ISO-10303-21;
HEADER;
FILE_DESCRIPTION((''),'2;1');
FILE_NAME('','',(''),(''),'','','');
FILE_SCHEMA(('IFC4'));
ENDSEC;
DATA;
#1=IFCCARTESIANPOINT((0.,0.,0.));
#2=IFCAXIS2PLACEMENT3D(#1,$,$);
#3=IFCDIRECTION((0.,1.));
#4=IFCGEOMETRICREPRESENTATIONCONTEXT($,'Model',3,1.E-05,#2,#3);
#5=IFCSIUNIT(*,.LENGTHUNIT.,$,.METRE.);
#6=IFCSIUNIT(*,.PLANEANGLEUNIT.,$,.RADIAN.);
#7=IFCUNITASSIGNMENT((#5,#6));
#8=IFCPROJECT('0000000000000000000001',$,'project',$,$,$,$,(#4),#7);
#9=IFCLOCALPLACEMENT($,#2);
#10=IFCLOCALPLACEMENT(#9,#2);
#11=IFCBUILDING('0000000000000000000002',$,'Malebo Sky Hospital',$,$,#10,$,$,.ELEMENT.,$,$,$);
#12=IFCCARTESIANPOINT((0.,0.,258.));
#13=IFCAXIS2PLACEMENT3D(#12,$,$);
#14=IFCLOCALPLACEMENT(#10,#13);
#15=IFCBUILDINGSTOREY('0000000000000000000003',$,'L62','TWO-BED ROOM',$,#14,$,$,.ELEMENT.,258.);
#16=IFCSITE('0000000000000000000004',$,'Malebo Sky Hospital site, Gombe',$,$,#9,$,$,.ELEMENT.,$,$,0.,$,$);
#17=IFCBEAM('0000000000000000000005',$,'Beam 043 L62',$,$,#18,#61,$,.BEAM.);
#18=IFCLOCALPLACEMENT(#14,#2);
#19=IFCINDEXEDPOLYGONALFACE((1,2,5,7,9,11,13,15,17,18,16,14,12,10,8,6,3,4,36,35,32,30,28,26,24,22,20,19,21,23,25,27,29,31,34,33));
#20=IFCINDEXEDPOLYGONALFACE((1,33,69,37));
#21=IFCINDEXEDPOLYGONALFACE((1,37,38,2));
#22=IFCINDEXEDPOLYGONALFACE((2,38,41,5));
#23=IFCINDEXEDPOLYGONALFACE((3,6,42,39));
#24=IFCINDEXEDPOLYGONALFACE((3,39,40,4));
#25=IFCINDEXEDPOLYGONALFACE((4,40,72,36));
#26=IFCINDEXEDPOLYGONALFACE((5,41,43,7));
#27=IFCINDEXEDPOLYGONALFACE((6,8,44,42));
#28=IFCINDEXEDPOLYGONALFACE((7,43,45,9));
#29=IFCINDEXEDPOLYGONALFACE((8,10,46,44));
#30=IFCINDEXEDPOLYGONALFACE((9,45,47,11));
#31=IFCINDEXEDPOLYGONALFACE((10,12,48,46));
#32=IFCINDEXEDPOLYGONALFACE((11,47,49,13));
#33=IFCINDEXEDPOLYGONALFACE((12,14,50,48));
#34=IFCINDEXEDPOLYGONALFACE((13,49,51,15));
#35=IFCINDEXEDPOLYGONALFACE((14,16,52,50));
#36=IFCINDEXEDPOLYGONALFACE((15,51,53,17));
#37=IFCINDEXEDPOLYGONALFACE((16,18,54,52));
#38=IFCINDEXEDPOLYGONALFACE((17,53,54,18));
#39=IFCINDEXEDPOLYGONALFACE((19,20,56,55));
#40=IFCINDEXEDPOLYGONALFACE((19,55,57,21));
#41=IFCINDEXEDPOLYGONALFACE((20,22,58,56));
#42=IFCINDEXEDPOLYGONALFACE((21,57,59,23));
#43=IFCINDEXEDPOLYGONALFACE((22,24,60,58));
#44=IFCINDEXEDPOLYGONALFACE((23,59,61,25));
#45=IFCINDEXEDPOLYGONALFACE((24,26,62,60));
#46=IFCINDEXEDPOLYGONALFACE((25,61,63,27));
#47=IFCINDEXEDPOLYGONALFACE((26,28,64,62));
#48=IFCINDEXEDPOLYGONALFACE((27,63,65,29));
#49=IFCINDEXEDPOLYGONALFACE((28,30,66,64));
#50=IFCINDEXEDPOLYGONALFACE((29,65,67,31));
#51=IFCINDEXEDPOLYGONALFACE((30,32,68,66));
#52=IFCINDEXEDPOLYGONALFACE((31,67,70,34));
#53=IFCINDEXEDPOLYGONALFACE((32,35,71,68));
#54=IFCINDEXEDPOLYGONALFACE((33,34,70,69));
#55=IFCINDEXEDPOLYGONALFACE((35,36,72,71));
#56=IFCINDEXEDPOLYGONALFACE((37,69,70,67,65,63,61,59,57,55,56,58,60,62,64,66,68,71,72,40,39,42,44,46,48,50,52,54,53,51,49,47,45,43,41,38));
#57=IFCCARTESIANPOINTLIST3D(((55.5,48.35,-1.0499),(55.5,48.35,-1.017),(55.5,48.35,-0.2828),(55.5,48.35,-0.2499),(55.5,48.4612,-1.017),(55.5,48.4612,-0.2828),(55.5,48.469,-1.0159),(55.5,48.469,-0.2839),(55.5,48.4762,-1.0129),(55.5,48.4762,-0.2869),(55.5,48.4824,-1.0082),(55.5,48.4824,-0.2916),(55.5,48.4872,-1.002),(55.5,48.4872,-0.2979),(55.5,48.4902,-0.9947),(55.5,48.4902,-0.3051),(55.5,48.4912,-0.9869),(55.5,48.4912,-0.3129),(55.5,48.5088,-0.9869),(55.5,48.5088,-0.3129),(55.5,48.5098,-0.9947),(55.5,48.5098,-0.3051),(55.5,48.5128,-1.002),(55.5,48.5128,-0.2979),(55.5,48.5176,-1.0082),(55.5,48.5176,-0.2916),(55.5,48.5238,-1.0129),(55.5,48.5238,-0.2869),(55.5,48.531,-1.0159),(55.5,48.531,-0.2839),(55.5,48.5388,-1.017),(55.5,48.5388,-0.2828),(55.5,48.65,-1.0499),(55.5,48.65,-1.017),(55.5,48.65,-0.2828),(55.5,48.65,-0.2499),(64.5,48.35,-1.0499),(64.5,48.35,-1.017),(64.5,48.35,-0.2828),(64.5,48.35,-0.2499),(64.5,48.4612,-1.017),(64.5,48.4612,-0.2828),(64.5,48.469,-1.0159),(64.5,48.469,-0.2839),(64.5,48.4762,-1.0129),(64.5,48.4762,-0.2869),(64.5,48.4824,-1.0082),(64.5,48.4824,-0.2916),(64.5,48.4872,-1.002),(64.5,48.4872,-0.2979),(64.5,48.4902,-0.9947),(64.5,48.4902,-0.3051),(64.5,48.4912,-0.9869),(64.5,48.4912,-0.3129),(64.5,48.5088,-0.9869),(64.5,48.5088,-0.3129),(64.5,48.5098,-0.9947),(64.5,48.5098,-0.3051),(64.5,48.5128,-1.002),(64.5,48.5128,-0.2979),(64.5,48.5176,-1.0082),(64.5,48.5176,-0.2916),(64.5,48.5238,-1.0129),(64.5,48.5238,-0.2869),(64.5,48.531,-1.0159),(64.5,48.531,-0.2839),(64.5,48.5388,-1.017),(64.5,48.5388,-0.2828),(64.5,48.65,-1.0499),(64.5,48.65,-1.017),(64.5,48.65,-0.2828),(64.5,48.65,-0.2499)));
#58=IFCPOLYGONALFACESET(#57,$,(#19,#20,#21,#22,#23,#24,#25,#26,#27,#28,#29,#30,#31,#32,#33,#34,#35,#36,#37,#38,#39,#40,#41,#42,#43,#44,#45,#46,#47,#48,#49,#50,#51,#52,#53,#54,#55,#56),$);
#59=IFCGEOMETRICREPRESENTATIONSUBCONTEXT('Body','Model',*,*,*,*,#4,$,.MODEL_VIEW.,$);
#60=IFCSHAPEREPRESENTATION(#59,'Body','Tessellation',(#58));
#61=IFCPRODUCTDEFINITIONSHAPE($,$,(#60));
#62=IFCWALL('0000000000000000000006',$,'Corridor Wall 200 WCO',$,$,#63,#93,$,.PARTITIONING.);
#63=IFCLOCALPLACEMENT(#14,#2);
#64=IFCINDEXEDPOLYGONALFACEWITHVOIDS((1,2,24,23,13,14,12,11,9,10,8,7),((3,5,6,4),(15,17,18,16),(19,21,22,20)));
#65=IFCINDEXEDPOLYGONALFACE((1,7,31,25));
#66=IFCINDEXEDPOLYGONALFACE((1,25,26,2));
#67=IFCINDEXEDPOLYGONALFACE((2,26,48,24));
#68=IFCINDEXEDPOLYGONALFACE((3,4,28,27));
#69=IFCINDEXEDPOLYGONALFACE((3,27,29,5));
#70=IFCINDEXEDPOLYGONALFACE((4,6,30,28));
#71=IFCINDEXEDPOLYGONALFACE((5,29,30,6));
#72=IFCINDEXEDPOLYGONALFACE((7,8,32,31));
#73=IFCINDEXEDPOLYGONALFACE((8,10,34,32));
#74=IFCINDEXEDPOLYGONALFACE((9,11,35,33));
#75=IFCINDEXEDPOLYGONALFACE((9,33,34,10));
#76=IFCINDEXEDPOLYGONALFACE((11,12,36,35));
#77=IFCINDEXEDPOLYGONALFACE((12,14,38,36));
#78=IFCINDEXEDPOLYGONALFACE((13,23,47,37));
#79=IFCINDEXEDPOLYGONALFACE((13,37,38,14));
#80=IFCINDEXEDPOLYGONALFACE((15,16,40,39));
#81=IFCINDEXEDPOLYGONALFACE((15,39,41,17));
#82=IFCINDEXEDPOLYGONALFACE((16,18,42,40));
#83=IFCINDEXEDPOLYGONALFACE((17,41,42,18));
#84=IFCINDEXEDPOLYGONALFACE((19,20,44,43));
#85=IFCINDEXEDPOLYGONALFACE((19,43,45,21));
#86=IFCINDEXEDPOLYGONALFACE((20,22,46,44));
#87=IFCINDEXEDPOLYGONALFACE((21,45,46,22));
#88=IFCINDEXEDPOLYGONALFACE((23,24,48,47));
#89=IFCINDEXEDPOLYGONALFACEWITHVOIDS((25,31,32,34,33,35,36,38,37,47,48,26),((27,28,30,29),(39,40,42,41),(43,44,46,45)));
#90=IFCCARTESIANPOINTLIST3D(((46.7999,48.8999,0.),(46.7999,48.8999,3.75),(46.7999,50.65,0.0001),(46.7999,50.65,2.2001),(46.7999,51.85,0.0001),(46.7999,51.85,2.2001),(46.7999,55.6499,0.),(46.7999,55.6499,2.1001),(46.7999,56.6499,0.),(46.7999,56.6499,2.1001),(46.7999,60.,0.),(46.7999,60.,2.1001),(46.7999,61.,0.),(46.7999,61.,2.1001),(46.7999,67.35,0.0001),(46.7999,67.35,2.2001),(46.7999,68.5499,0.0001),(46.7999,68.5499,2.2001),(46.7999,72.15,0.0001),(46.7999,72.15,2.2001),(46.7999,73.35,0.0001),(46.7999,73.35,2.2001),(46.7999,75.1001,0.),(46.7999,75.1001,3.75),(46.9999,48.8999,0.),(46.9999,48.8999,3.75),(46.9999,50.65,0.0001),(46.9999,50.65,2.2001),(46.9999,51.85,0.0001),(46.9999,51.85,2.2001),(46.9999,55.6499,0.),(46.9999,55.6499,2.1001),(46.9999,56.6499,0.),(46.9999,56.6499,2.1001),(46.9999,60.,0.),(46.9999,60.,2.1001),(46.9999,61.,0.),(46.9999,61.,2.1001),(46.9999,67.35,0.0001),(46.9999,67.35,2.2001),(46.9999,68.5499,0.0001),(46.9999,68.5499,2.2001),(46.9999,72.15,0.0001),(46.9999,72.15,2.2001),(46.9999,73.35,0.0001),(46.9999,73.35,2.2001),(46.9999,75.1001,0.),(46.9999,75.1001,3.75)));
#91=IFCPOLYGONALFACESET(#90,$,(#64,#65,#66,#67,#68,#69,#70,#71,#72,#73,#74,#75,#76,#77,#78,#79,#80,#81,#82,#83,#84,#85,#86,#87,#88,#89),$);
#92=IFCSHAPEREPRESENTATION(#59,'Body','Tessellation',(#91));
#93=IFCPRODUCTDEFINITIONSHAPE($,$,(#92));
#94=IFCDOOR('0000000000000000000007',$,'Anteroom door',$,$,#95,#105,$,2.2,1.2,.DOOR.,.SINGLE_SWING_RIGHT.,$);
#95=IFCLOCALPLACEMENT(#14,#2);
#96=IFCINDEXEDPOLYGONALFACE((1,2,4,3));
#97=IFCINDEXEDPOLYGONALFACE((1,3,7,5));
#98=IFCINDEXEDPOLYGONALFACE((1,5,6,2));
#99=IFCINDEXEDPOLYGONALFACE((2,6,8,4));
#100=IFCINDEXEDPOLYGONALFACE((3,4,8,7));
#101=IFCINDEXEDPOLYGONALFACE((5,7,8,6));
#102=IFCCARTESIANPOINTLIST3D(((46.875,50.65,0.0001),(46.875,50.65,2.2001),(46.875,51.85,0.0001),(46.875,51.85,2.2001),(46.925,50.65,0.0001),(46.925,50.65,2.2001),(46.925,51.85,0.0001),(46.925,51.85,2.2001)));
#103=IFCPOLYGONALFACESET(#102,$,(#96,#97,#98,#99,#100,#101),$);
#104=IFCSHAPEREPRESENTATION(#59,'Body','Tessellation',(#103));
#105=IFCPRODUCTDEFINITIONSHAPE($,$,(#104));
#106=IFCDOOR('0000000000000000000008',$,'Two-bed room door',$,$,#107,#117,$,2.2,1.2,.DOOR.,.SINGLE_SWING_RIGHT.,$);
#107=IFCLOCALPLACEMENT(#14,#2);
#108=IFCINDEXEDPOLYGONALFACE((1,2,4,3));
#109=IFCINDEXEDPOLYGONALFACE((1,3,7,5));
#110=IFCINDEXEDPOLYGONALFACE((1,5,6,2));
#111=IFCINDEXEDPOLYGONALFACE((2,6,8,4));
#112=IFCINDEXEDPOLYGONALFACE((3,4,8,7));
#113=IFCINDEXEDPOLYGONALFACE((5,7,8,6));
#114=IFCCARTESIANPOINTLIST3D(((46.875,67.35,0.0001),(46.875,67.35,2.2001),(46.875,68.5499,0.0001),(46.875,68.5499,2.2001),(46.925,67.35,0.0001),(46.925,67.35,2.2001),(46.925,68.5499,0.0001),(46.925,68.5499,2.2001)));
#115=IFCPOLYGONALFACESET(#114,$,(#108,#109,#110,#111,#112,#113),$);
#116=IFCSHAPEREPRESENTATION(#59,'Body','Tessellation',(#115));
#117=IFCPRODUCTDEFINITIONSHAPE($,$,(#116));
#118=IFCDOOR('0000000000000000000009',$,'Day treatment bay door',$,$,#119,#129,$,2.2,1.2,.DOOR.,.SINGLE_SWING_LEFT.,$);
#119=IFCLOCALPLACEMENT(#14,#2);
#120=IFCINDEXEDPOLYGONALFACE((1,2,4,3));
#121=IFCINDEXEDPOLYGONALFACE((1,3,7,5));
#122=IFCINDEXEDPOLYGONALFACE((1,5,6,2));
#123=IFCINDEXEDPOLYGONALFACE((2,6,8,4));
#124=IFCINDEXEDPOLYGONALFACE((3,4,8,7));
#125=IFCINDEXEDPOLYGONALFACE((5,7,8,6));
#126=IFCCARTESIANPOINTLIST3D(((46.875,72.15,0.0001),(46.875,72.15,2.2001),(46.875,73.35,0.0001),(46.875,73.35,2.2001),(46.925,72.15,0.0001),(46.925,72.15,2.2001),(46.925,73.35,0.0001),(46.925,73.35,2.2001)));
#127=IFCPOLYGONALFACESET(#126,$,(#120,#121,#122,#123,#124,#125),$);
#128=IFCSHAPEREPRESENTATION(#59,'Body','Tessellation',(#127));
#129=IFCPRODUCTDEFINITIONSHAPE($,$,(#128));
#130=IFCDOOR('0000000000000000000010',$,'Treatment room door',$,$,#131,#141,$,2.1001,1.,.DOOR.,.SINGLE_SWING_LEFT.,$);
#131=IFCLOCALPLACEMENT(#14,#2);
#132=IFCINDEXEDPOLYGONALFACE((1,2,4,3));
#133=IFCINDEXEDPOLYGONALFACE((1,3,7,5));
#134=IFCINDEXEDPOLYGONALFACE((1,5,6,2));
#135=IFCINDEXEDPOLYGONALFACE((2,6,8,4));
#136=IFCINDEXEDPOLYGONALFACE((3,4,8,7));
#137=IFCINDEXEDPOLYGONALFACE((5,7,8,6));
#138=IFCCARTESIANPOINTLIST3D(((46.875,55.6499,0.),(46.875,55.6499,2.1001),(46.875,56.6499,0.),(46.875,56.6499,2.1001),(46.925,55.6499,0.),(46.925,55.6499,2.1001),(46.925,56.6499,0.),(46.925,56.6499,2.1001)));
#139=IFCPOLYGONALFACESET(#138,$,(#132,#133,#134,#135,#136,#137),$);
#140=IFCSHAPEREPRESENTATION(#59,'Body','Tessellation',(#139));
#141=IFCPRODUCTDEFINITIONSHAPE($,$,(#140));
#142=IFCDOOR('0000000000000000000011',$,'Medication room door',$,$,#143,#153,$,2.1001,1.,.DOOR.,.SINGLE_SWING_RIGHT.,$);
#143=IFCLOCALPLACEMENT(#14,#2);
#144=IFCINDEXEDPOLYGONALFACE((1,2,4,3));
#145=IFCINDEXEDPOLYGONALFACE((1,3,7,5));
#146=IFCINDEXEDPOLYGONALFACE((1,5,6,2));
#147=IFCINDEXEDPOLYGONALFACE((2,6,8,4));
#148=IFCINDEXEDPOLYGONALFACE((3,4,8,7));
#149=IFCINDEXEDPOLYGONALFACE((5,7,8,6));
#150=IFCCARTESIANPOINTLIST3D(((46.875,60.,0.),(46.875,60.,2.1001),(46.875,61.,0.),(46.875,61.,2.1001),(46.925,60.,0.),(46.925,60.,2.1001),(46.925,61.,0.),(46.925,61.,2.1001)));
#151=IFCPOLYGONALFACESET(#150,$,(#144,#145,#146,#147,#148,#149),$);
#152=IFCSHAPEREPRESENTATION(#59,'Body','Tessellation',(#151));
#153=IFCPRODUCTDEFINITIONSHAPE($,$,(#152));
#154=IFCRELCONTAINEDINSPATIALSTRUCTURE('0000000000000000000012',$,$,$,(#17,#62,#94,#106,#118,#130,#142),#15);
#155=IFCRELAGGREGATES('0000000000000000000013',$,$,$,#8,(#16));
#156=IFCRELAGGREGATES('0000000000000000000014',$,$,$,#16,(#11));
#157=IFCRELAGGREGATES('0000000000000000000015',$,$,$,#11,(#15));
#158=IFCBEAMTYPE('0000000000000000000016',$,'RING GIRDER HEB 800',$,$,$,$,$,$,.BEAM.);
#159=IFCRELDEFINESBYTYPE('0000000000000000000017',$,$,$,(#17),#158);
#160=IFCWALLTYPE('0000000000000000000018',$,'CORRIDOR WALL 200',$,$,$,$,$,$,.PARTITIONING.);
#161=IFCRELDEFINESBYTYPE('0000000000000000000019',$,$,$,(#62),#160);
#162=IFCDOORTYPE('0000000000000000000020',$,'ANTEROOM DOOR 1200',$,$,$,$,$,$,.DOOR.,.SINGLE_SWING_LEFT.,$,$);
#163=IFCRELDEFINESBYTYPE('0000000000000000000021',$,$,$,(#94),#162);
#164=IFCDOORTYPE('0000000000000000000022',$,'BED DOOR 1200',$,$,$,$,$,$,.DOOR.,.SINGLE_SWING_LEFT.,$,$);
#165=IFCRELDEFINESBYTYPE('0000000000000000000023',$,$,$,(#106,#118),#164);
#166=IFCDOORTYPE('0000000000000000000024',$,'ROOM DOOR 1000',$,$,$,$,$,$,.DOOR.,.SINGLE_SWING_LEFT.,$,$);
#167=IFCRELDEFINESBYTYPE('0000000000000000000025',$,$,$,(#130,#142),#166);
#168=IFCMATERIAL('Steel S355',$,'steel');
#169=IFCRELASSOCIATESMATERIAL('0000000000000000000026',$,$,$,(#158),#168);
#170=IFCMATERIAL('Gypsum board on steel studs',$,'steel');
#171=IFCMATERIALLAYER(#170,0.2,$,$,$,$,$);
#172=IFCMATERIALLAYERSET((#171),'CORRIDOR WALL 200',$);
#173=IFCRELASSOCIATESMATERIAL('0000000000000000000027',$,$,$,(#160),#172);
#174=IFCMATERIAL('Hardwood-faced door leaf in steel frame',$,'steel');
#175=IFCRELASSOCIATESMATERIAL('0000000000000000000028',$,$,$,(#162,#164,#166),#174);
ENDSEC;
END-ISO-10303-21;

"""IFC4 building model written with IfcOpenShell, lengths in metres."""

from ifc_helpers import new_model, si_unit, direction, frame, frame_2d, origin, origin_2d, place, context, subcontext, project, spatial, rectangle, i_section, extrude, material, layer, layer_set, material_profile, profile_set, type_object, element, fill, save


model = new_model("IFC4")

# Units and contexts
model_context = context("Model", 3, precision=1e-05, world=origin(), true_north=direction((0.0, 1.0)))
body_context = subcontext(model_context, "Body", "Model", "MODEL_VIEW")
ifc_project = project(units=[si_unit("LENGTHUNIT", "METRE"), si_unit("PLANEANGLEUNIT", "RADIAN")], contexts=[model_context])

# Site, building, storey
site_placement = place(None, origin())
site = spatial("IfcSite", under=ifc_project, at=site_placement, Name="Malebo Sky Hospital site, Gombe", CompositionType="ELEMENT", RefElevation=0.0)
building_placement = place(site_placement, origin())
building = spatial("IfcBuilding", under=site, at=building_placement, Name="Malebo Sky Hospital", CompositionType="ELEMENT")
storey_placement = place(building_placement, frame((0.0, 0.0, 258.0)))
storey = spatial("IfcBuildingStorey", under=building, at=storey_placement, Name="L62", Description="TWO-BED ROOM", CompositionType="ELEMENT", Elevation=258.0)

# Beam
ifc_material_1 = material(Name="Steel S355", Category="steel")
ifc_material_profile_1 = material_profile(ifc_material_1, i_section(OverallWidth=0.3, OverallDepth=0.8, WebThickness=0.0176, FlangeThickness=0.033, FilletRadius=0.03, at=origin_2d()), Name="HEB 800")
ifc_profile_set_1 = profile_set([ifc_material_profile_1], Name="Steel S355")
beam_type_1 = type_object("IfcBeamType", Name="RING GIRDER HEB 800", PredefinedType="BEAM", material=ifc_profile_set_1)
beam_1_placement = place(storey_placement, frame((55.5, 48.5, -0.6499), z_axis=(1.0, 0.0, 0.0), x_axis=(0.0, 1.0, 0.0)))
element("IfcBeam", 1, at=beam_1_placement, inside=storey, type_object=beam_type_1, Name="Beam 043 L62", PredefinedType="BEAM", context=body_context, shape_type="SweptSolid", body=[
    extrude(i_section(OverallWidth=0.3, OverallDepth=0.8, WebThickness=0.0176, FlangeThickness=0.033, FilletRadius=0.03, at=origin_2d()), origin(), (0.0, 0.0, 1.0), 9.0),
])

# Wall, openings, doors
ifc_material_2 = material(Name="Gypsum board on steel studs", Category="steel")
ifc_layer_1 = layer(ifc_material_2, 0.2)
ifc_layer_set_1 = layer_set([ifc_layer_1], Name="CORRIDOR WALL 200")
wall_type_1 = type_object("IfcWallType", Name="CORRIDOR WALL 200", PredefinedType="PARTITIONING", material=ifc_layer_set_1)
wall_1_placement = place(storey_placement, frame((46.8999, 48.8999, 0.0), z_axis=(0.0, 0.0, 1.0), x_axis=(0.0, 1.0, 0.0)))
wall_1 = element("IfcWall", 2, at=wall_1_placement, inside=storey, type_object=wall_type_1, Name="Corridor Wall 200 WCO", PredefinedType="PARTITIONING", context=body_context, shape_type="SweptSolid", body=[
    extrude(rectangle(XDim=26.2002, YDim=0.2, at=frame_2d((13.1001, 0.0))), origin(), (0.0, 0.0, 1.0), 3.75),
])
opening_1_placement = place(wall_1_placement, frame((1.75, 0.0, 0.0)))
opening_1 = element("IfcOpeningElement", 3, at=opening_1_placement, cuts=wall_1, PredefinedType="OPENING", context=body_context, shape_type="SweptSolid", body=[
    extrude(rectangle(XDim=1.2, YDim=2.2, at=frame_2d((0.6001, 1.1001))), frame((0.0, 0.1099, 0.0), z_axis=(0.0, -1.0, 0.0), x_axis=(1.0, 0.0, 0.0)), (0.0, 0.0, 1.0), 0.22),
])
opening_2_placement = place(wall_1_placement, frame((6.75, 0.0, 0.0)))
opening_2 = element("IfcOpeningElement", 4, at=opening_2_placement, cuts=wall_1, PredefinedType="OPENING", context=body_context, shape_type="SweptSolid", body=[
    extrude(rectangle(XDim=1.0, YDim=2.1001, at=frame_2d((0.5, 1.05))), frame((0.0, 0.1099, 0.0), z_axis=(0.0, -1.0, 0.0), x_axis=(1.0, 0.0, 0.0)), (0.0, 0.0, 1.0), 0.22),
])
opening_3_placement = place(wall_1_placement, frame((11.1001, 0.0, 0.0)))
opening_3 = element("IfcOpeningElement", 5, at=opening_3_placement, cuts=wall_1, PredefinedType="OPENING", context=body_context, shape_type="SweptSolid", body=[
    extrude(rectangle(XDim=1.0, YDim=2.1001, at=frame_2d((0.5, 1.05))), frame((0.0, 0.1099, 0.0), z_axis=(0.0, -1.0, 0.0), x_axis=(1.0, 0.0, 0.0)), (0.0, 0.0, 1.0), 0.22),
])
opening_4_placement = place(wall_1_placement, frame((18.45, 0.0, 0.0)))
opening_4 = element("IfcOpeningElement", 6, at=opening_4_placement, cuts=wall_1, PredefinedType="OPENING", context=body_context, shape_type="SweptSolid", body=[
    extrude(rectangle(XDim=1.2, YDim=2.2, at=frame_2d((0.6001, 1.1001))), frame((0.0, 0.1099, 0.0), z_axis=(0.0, -1.0, 0.0), x_axis=(1.0, 0.0, 0.0)), (0.0, 0.0, 1.0), 0.22),
])
opening_5_placement = place(wall_1_placement, frame((23.25, 0.0, 0.0)))
opening_5 = element("IfcOpeningElement", 7, at=opening_5_placement, cuts=wall_1, PredefinedType="OPENING", context=body_context, shape_type="SweptSolid", body=[
    extrude(rectangle(XDim=1.2, YDim=2.2, at=frame_2d((0.6001, 1.1001))), frame((0.0, 0.1099, 0.0), z_axis=(0.0, -1.0, 0.0), x_axis=(1.0, 0.0, 0.0)), (0.0, 0.0, 1.0), 0.22),
])
ifc_material_3 = material(Name="Hardwood-faced door leaf in steel frame", Category="steel")
door_type_1 = type_object("IfcDoorType", Name="ANTEROOM DOOR 1200", OperationType="SINGLE_SWING_LEFT", PredefinedType="DOOR", material=ifc_material_3)
door_1_placement = place(opening_1_placement, origin())
door_1 = element("IfcDoor", 8, at=door_1_placement, inside=storey, type_object=door_type_1, Name="Anteroom door", OperationType="SINGLE_SWING_RIGHT", OverallHeight=2.2, OverallWidth=1.2, PredefinedType="DOOR", context=body_context, shape_type="SweptSolid", body=[
    extrude(rectangle(XDim=1.2, YDim=2.2, at=frame_2d((0.6001, 1.1001))), frame((0.0, 0.0249, 0.0), z_axis=(0.0, -1.0, 0.0), x_axis=(1.0, 0.0, 0.0)), (0.0, 0.0, 1.0), 0.05),
])
fill(opening_1, door_1)
door_type_2 = type_object("IfcDoorType", Name="BED DOOR 1200", OperationType="SINGLE_SWING_LEFT", PredefinedType="DOOR", material=ifc_material_3)
door_2_placement = place(opening_4_placement, origin())
door_2 = element("IfcDoor", 9, at=door_2_placement, inside=storey, type_object=door_type_2, Name="Two-bed room door", OperationType="SINGLE_SWING_RIGHT", OverallHeight=2.2, OverallWidth=1.2, PredefinedType="DOOR", context=body_context, shape_type="SweptSolid", body=[
    extrude(rectangle(XDim=1.2, YDim=2.2, at=frame_2d((0.6001, 1.1001))), frame((0.0, 0.0249, 0.0), z_axis=(0.0, -1.0, 0.0), x_axis=(1.0, 0.0, 0.0)), (0.0, 0.0, 1.0), 0.05),
])
fill(opening_4, door_2)
door_3_placement = place(opening_5_placement, origin())
door_3 = element("IfcDoor", 10, at=door_3_placement, inside=storey, type_object=door_type_2, Name="Day treatment bay door", OperationType="SINGLE_SWING_LEFT", OverallHeight=2.2, OverallWidth=1.2, PredefinedType="DOOR", context=body_context, shape_type="SweptSolid", body=[
    extrude(rectangle(XDim=1.2, YDim=2.2, at=frame_2d((0.6001, 1.1001))), frame((0.0, 0.0249, 0.0), z_axis=(0.0, -1.0, 0.0), x_axis=(1.0, 0.0, 0.0)), (0.0, 0.0, 1.0), 0.05),
])
fill(opening_5, door_3)
door_type_3 = type_object("IfcDoorType", Name="ROOM DOOR 1000", OperationType="SINGLE_SWING_LEFT", PredefinedType="DOOR", material=ifc_material_3)
door_4_placement = place(opening_2_placement, origin())
door_4 = element("IfcDoor", 11, at=door_4_placement, inside=storey, type_object=door_type_3, Name="Treatment room door", OperationType="SINGLE_SWING_LEFT", OverallHeight=2.1001, OverallWidth=1.0, PredefinedType="DOOR", context=body_context, shape_type="SweptSolid", body=[
    extrude(rectangle(XDim=1.0, YDim=2.1001, at=frame_2d((0.5, 1.05))), frame((0.0, 0.0249, 0.0), z_axis=(0.0, -1.0, 0.0), x_axis=(1.0, 0.0, 0.0)), (0.0, 0.0, 1.0), 0.05),
])
fill(opening_2, door_4)
door_5_placement = place(opening_3_placement, origin())
door_5 = element("IfcDoor", 12, at=door_5_placement, inside=storey, type_object=door_type_3, Name="Medication room door", OperationType="SINGLE_SWING_RIGHT", OverallHeight=2.1001, OverallWidth=1.0, PredefinedType="DOOR", context=body_context, shape_type="SweptSolid", body=[
    extrude(rectangle(XDim=1.0, YDim=2.1001, at=frame_2d((0.5, 1.05))), frame((0.0, 0.0249, 0.0), z_axis=(0.0, -1.0, 0.0), x_axis=(1.0, 0.0, 0.0)), (0.0, 0.0, 1.0), 0.05),
])
fill(opening_3, door_5)

save(model, "model.ifc")
